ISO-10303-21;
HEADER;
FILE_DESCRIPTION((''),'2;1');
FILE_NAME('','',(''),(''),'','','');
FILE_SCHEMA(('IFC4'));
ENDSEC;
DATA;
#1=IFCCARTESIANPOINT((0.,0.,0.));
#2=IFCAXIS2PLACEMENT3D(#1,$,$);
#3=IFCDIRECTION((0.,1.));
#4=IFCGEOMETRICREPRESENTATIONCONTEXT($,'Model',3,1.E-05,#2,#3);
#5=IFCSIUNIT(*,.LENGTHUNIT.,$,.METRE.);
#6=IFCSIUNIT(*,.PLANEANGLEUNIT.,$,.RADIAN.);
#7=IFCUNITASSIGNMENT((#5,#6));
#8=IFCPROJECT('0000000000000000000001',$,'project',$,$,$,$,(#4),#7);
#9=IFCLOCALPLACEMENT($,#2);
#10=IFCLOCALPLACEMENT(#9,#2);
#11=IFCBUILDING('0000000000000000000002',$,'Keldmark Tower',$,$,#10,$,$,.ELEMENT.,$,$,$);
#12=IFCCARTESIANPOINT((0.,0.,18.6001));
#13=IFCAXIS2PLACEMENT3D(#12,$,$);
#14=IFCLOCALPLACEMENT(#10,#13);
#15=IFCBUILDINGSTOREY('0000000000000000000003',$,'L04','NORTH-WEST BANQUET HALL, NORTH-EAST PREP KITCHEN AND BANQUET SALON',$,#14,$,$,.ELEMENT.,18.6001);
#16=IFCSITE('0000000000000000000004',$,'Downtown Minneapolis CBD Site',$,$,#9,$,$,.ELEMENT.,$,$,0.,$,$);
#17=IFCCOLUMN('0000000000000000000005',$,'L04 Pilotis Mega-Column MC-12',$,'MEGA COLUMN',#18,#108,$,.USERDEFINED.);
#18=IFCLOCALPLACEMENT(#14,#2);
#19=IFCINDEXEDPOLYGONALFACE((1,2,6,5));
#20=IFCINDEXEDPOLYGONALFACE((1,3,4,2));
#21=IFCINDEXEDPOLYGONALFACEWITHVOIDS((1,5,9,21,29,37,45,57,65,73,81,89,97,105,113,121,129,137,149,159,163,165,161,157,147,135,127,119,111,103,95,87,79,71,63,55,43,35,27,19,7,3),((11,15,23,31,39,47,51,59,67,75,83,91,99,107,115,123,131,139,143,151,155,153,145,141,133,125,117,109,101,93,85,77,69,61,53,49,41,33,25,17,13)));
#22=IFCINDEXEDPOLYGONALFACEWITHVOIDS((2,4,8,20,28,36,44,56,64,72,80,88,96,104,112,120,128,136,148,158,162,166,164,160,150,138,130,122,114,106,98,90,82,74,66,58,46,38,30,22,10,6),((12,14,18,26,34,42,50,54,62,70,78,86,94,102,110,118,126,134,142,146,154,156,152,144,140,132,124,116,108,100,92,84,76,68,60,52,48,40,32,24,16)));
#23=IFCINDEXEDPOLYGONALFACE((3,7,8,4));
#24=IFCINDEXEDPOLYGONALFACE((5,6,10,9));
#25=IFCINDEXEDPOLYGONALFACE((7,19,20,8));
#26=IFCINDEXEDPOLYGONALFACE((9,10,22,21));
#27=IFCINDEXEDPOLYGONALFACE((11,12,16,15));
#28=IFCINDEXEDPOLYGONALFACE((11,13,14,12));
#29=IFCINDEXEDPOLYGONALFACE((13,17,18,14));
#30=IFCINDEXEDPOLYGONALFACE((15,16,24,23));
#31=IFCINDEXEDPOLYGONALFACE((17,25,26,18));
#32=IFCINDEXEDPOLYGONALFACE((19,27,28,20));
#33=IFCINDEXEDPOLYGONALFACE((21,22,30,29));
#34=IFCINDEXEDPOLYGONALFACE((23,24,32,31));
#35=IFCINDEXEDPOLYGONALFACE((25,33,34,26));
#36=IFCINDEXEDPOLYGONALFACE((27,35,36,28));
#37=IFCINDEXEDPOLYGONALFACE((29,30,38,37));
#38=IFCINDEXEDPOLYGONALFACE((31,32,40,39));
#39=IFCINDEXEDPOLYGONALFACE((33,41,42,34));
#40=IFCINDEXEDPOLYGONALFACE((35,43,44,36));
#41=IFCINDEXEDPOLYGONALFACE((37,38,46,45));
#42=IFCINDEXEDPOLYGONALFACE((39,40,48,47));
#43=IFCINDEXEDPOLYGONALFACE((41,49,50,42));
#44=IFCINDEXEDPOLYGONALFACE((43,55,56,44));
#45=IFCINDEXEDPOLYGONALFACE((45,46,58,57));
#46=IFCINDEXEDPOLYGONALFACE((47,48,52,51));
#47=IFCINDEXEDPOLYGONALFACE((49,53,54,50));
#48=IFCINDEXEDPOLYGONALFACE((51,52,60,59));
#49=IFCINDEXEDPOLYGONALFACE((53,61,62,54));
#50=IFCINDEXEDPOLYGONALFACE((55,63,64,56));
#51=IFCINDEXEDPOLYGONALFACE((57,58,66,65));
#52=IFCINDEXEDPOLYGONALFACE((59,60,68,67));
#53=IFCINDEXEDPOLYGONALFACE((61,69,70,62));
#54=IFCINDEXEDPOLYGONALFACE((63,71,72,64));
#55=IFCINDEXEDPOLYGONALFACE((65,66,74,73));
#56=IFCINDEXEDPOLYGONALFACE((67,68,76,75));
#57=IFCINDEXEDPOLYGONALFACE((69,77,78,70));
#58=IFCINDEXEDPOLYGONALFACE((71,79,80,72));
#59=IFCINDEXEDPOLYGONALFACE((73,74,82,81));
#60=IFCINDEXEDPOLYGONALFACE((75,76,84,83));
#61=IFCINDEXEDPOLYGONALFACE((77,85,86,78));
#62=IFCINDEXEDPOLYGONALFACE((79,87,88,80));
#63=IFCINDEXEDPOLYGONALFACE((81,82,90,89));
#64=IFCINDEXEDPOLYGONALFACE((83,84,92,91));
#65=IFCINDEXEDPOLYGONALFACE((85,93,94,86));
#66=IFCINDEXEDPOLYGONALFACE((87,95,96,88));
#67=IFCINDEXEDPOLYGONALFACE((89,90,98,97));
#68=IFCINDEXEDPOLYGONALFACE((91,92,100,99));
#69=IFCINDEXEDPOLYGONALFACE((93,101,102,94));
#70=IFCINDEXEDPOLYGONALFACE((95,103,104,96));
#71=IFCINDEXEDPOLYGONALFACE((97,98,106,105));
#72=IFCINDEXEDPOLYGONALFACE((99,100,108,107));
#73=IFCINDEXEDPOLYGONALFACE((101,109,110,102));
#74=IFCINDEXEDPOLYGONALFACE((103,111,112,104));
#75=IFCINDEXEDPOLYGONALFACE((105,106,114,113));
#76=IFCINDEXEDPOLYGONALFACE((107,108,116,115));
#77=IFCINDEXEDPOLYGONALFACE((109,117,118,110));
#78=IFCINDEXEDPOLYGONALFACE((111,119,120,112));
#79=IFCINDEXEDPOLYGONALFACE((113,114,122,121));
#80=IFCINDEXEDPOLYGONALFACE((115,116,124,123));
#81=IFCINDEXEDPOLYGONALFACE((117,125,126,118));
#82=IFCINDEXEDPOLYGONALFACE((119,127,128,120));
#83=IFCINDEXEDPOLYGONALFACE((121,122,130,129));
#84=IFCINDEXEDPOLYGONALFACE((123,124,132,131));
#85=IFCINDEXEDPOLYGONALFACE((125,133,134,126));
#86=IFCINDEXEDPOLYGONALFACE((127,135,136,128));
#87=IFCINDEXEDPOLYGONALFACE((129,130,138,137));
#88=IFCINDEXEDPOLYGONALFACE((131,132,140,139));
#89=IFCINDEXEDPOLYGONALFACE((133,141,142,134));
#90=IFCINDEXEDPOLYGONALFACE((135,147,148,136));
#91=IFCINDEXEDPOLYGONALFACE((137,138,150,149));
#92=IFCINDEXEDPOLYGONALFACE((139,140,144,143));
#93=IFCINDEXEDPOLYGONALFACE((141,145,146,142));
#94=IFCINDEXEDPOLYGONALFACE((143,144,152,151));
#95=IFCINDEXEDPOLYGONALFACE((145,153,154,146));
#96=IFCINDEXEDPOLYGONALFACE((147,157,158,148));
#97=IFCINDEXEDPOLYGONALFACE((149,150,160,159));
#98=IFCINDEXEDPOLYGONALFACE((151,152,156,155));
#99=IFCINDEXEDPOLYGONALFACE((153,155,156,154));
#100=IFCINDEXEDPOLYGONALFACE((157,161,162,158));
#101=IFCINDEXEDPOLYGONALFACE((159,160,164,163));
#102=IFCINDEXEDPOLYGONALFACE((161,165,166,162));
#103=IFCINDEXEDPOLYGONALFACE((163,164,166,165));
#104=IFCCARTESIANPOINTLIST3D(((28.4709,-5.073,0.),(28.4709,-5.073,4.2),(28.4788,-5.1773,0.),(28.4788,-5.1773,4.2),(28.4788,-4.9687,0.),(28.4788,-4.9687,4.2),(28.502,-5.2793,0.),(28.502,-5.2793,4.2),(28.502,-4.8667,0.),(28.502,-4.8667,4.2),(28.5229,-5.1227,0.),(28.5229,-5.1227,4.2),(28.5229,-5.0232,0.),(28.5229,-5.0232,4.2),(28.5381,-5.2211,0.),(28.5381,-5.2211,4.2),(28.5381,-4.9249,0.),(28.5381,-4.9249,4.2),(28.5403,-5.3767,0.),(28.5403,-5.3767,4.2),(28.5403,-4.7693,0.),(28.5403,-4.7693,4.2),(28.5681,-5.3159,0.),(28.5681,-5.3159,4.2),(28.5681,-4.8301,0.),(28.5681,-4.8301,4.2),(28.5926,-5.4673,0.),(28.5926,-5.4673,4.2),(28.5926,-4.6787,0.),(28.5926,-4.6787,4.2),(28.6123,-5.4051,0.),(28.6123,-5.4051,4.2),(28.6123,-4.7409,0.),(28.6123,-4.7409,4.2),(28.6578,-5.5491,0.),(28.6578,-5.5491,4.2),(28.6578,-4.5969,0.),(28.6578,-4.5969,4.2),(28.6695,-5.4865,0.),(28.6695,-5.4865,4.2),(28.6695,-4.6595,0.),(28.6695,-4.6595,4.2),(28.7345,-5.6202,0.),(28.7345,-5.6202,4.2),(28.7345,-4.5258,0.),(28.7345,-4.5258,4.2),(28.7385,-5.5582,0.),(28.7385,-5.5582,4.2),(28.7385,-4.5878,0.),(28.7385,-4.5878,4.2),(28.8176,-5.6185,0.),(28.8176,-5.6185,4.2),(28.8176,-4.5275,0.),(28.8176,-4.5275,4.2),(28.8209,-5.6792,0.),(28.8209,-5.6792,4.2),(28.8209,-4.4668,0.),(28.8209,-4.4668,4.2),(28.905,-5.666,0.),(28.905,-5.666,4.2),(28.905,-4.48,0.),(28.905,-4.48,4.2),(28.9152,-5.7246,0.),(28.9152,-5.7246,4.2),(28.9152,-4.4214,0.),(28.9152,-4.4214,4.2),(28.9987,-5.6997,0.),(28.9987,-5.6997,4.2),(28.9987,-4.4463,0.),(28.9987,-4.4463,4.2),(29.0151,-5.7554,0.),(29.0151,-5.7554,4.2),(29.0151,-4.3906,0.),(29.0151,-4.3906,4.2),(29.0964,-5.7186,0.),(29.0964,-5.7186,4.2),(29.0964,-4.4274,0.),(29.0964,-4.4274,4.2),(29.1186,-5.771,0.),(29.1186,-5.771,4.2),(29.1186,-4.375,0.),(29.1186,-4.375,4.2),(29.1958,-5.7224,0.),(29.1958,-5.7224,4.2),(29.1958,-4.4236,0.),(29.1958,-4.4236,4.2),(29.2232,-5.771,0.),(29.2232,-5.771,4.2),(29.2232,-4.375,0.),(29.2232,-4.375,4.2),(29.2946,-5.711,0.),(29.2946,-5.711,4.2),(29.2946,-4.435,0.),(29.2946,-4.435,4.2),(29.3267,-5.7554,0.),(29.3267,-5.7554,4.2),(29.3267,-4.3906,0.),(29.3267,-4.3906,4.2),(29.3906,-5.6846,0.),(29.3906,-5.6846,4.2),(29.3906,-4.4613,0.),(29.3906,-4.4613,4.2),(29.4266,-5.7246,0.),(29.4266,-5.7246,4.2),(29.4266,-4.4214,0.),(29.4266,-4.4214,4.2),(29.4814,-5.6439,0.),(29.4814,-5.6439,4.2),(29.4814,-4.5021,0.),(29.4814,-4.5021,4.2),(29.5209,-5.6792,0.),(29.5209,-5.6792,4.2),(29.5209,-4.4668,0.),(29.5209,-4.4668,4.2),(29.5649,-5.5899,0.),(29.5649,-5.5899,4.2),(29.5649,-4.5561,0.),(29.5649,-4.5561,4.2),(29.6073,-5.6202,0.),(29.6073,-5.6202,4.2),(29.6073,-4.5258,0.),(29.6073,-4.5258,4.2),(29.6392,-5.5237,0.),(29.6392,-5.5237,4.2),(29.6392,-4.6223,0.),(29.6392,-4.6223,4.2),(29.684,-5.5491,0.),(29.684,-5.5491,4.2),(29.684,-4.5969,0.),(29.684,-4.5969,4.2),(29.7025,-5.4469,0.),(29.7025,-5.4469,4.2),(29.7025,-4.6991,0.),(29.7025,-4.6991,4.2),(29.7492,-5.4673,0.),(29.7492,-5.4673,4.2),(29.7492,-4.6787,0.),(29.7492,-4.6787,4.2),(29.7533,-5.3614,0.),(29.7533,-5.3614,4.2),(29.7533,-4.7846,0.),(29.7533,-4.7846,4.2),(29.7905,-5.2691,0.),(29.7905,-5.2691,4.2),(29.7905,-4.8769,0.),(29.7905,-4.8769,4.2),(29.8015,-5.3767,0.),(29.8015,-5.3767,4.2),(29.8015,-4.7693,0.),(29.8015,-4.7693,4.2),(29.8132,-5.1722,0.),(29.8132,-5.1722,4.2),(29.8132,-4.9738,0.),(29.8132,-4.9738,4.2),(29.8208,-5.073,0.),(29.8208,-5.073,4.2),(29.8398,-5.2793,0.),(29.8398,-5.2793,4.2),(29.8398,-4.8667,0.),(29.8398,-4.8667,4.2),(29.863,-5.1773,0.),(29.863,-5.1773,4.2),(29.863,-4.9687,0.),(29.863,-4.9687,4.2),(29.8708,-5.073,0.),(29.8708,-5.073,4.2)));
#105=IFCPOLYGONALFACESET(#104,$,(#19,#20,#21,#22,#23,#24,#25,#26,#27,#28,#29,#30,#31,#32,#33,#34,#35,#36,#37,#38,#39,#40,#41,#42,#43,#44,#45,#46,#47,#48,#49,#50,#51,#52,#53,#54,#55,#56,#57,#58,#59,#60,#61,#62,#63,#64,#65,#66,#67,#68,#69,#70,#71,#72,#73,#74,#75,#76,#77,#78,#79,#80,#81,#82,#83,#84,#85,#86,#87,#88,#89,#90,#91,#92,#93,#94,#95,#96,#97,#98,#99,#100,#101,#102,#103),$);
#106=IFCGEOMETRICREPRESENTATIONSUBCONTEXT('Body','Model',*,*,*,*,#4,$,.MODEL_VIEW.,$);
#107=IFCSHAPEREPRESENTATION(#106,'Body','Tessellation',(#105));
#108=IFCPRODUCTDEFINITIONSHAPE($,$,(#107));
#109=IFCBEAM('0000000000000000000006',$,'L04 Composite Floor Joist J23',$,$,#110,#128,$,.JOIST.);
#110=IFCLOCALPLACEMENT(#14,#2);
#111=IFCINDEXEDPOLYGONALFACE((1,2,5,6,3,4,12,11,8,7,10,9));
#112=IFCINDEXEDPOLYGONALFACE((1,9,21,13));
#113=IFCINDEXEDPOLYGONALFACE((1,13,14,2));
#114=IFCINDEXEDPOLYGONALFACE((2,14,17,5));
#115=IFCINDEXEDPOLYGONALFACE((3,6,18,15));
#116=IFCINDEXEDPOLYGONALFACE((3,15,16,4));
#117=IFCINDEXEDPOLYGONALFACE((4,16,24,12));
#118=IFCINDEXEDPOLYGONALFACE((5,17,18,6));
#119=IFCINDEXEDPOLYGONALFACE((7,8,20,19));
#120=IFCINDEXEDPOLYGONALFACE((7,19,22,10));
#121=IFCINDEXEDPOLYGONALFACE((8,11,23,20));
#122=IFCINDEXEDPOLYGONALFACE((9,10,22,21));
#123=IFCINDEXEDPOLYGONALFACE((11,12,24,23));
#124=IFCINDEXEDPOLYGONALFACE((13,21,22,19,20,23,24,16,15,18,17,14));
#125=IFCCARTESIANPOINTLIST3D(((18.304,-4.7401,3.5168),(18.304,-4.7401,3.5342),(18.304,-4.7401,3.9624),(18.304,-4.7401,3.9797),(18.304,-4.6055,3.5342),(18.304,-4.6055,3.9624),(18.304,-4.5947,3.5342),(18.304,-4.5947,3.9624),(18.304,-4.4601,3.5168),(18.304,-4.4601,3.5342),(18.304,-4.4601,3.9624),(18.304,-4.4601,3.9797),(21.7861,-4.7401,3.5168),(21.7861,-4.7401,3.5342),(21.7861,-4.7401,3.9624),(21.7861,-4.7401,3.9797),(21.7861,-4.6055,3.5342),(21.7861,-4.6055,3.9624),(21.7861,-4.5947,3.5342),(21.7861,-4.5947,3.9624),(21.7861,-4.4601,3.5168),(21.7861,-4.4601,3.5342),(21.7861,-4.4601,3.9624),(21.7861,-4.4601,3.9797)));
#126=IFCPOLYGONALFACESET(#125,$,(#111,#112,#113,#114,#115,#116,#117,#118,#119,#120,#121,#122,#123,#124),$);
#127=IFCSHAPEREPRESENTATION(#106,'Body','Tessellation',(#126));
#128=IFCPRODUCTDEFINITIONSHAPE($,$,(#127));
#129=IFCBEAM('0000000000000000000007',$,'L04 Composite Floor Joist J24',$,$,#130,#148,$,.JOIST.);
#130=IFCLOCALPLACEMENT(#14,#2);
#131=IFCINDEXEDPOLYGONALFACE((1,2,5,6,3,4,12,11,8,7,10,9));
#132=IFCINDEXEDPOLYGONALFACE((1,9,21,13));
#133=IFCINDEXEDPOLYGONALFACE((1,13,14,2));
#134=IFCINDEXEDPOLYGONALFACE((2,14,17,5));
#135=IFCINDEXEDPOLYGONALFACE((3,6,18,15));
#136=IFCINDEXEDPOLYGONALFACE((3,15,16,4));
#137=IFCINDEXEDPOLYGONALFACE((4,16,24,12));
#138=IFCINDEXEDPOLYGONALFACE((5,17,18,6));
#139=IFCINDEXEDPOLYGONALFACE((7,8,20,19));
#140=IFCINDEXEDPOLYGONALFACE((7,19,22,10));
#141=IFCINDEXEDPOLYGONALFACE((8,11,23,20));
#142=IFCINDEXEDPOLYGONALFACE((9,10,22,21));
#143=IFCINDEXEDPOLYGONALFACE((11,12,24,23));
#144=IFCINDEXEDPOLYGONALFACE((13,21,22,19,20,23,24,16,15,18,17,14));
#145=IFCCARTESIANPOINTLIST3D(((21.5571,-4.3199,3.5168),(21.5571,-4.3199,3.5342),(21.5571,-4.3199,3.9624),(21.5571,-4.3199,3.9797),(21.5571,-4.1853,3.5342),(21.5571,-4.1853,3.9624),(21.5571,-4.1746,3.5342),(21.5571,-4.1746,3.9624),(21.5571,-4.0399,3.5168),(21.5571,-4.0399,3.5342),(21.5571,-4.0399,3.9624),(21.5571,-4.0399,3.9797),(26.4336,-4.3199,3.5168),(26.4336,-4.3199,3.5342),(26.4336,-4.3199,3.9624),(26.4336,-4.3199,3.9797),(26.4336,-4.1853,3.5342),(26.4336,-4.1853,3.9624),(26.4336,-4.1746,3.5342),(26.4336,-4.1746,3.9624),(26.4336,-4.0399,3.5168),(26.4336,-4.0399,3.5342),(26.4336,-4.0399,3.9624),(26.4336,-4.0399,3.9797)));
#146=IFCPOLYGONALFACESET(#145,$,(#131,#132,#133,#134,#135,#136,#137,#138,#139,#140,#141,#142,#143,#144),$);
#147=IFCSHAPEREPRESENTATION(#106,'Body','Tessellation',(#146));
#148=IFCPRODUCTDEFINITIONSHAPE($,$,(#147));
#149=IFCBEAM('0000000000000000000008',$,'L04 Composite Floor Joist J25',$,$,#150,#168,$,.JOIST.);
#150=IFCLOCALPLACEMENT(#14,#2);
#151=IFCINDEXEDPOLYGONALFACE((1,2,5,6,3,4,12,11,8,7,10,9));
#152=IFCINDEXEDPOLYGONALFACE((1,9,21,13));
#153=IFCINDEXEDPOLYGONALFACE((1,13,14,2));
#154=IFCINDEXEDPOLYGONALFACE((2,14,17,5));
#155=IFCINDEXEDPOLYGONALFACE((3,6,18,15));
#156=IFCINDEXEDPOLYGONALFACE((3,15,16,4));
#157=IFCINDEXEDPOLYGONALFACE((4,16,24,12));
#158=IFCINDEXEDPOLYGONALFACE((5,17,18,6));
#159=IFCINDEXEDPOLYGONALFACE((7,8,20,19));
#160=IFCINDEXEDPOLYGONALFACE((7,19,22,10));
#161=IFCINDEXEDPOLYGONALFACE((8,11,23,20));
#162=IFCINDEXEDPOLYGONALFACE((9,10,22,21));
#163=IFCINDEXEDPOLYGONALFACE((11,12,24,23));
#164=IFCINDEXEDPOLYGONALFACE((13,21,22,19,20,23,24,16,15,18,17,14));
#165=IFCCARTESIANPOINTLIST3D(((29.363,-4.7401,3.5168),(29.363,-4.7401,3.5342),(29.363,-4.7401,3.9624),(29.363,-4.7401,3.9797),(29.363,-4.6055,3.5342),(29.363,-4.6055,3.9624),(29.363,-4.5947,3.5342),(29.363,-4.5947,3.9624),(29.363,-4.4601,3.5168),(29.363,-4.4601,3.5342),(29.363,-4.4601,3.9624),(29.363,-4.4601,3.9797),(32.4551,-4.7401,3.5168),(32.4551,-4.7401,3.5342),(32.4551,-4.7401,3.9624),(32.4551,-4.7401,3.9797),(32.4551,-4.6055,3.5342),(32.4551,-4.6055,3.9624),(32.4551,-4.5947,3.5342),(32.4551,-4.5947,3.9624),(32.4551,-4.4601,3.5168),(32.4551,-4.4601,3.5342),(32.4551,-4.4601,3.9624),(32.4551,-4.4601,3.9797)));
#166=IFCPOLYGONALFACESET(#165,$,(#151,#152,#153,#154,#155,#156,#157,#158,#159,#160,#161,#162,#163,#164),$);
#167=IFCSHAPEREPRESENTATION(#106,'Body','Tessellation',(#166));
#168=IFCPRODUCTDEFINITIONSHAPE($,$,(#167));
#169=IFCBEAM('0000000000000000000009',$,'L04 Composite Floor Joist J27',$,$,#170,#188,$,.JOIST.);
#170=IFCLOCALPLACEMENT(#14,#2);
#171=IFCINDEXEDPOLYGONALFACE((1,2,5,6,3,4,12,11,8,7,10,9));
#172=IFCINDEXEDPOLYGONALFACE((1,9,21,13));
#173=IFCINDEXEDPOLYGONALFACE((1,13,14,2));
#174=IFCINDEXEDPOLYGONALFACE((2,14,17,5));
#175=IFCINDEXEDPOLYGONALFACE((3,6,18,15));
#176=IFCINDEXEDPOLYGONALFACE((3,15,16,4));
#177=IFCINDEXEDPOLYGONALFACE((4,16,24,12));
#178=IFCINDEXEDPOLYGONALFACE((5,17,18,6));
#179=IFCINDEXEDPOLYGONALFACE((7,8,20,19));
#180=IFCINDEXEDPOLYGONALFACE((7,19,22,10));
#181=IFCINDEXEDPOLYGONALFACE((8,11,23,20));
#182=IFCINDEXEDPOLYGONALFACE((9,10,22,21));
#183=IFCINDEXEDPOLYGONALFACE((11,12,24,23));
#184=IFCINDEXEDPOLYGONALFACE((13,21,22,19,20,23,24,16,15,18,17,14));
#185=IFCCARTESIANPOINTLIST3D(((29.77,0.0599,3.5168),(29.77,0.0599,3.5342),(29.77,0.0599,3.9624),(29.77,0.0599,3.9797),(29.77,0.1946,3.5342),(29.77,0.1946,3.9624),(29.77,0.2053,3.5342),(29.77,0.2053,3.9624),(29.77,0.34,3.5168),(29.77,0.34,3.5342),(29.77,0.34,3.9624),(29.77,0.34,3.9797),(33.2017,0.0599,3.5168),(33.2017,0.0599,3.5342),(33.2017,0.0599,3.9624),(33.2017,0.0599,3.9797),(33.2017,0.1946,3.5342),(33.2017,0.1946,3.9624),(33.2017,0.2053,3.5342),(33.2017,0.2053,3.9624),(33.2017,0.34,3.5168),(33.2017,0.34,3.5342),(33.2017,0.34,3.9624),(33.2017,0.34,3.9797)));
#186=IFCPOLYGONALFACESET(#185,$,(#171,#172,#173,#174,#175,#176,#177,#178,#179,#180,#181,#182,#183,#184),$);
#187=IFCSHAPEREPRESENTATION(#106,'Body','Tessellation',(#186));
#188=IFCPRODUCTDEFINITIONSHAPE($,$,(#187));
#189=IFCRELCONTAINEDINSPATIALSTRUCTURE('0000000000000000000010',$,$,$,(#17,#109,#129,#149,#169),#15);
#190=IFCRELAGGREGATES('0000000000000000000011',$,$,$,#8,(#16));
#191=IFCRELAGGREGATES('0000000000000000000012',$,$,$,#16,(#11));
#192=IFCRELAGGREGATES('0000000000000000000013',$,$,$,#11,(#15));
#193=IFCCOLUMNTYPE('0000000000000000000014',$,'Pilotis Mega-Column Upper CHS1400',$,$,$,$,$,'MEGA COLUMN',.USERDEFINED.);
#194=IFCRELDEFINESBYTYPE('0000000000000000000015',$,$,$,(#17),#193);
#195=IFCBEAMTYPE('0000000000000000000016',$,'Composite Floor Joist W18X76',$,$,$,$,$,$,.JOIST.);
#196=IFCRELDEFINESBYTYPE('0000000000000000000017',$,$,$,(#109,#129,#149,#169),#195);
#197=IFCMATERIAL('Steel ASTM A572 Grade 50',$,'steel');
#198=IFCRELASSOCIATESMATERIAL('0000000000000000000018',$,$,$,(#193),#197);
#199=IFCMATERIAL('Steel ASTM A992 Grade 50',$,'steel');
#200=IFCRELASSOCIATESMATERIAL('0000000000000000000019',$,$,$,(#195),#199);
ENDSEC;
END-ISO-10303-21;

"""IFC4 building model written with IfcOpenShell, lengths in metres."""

from ifc_helpers import new_model, si_unit, direction, frame, origin, origin_2d, place, context, subcontext, project, spatial, hollow_circle, i_section, extrude, material, material_profile, profile_set, type_object, element, save


model = new_model("IFC4")

# Units and contexts
model_context = context("Model", 3, precision=1e-05, world=origin(), true_north=direction((0.0, 1.0)))
body_context = subcontext(model_context, "Body", "Model", "MODEL_VIEW")
ifc_project = project(units=[si_unit("LENGTHUNIT", "METRE"), si_unit("PLANEANGLEUNIT", "RADIAN")], contexts=[model_context])

# Site, building, storey
site_placement = place(None, origin())
site = spatial("IfcSite", under=ifc_project, at=site_placement, Name="Downtown Minneapolis CBD Site", CompositionType="ELEMENT", RefElevation=0.0)
building_placement = place(site_placement, origin())
building = spatial("IfcBuilding", under=site, at=building_placement, Name="Keldmark Tower", CompositionType="ELEMENT")
storey_placement = place(building_placement, frame((0.0, 0.0, 18.6001)))
storey = spatial("IfcBuildingStorey", under=building, at=storey_placement, Name="L04", Description="NORTH-WEST BANQUET HALL, NORTH-EAST PREP KITCHEN AND BANQUET SALON", CompositionType="ELEMENT", Elevation=18.6001)

# Column
ifc_material_1 = material(Name="Steel ASTM A572 Grade 50", Category="steel")
ifc_material_profile_1 = material_profile(ifc_material_1, hollow_circle(Radius=0.7, WallThickness=0.05, at=origin_2d()), Name="CHS1400X50")
ifc_profile_set_1 = profile_set([ifc_material_profile_1], Name="Steel ASTM A572 Grade 50")
column_type = type_object("IfcColumnType", Name="Pilotis Mega-Column Upper CHS1400", ElementType="MEGA COLUMN", PredefinedType="USERDEFINED", material=ifc_profile_set_1)
column_placement = place(storey_placement, frame((29.1709, -5.073, 0.0), z_axis=(0.0, 0.0, 1.0), x_axis=(1.0, 0.0, 0.0)))
element("IfcColumn", 1, at=column_placement, inside=storey, type_object=column_type, Name="L04 Pilotis Mega-Column MC-12", ObjectType="MEGA COLUMN", PredefinedType="USERDEFINED", context=body_context, shape_type="SweptSolid", body=[
    extrude(hollow_circle(Radius=0.7, WallThickness=0.05, at=origin_2d()), origin(), (0.0, 0.0, 1.0), 4.2),
])

# Beams
ifc_material_2 = material(Name="Steel ASTM A992 Grade 50", Category="steel")
ifc_material_profile_2 = material_profile(ifc_material_2, i_section(OverallWidth=0.28, OverallDepth=0.4629, WebThickness=0.0107, FlangeThickness=0.0173, at=origin_2d()), Name="W18X76")
ifc_profile_set_2 = profile_set([ifc_material_profile_2], Name="Steel ASTM A992 Grade 50")
beam_type_1 = type_object("IfcBeamType", Name="Composite Floor Joist W18X76", PredefinedType="JOIST", material=ifc_profile_set_2)
beam_1_placement = place(storey_placement, frame((18.304, -4.6001, 3.7483), z_axis=(1.0, 0.0, 0.0), x_axis=(0.0, 1.0, 0.0)))
element("IfcBeam", 2, at=beam_1_placement, inside=storey, type_object=beam_type_1, Name="L04 Composite Floor Joist J23", PredefinedType="JOIST", context=body_context, shape_type="SweptSolid", body=[
    extrude(i_section(OverallWidth=0.28, OverallDepth=0.4629, WebThickness=0.0107, FlangeThickness=0.0173, at=origin_2d()), origin(), (0.0, 0.0, 1.0), 3.4822),
])
beam_2_placement = place(storey_placement, frame((21.5571, -4.1799, 3.7483), z_axis=(1.0, 0.0, 0.0), x_axis=(0.0, 1.0, 0.0)))
element("IfcBeam", 3, at=beam_2_placement, inside=storey, type_object=beam_type_1, Name="L04 Composite Floor Joist J24", PredefinedType="JOIST", context=body_context, shape_type="SweptSolid", body=[
    extrude(i_section(OverallWidth=0.28, OverallDepth=0.4629, WebThickness=0.0107, FlangeThickness=0.0173, at=origin_2d()), origin(), (0.0, 0.0, 1.0), 4.8765),
])
beam_3_placement = place(storey_placement, frame((29.363, -4.6001, 3.7483), z_axis=(1.0, 0.0, 0.0), x_axis=(0.0, 1.0, 0.0)))
element("IfcBeam", 4, at=beam_3_placement, inside=storey, type_object=beam_type_1, Name="L04 Composite Floor Joist J25", PredefinedType="JOIST", context=body_context, shape_type="SweptSolid", body=[
    extrude(i_section(OverallWidth=0.28, OverallDepth=0.4629, WebThickness=0.0107, FlangeThickness=0.0173, at=origin_2d()), origin(), (0.0, 0.0, 1.0), 3.092),
])
beam_4_placement = place(storey_placement, frame((29.77, 0.2, 3.7483), z_axis=(1.0, 0.0, 0.0), x_axis=(0.0, 1.0, 0.0)))
element("IfcBeam", 5, at=beam_4_placement, inside=storey, type_object=beam_type_1, Name="L04 Composite Floor Joist J27", PredefinedType="JOIST", context=body_context, shape_type="SweptSolid", body=[
    extrude(i_section(OverallWidth=0.28, OverallDepth=0.4629, WebThickness=0.0107, FlangeThickness=0.0173, at=origin_2d()), origin(), (0.0, 0.0, 1.0), 3.4316),
])

save(model, "model.ifc")
